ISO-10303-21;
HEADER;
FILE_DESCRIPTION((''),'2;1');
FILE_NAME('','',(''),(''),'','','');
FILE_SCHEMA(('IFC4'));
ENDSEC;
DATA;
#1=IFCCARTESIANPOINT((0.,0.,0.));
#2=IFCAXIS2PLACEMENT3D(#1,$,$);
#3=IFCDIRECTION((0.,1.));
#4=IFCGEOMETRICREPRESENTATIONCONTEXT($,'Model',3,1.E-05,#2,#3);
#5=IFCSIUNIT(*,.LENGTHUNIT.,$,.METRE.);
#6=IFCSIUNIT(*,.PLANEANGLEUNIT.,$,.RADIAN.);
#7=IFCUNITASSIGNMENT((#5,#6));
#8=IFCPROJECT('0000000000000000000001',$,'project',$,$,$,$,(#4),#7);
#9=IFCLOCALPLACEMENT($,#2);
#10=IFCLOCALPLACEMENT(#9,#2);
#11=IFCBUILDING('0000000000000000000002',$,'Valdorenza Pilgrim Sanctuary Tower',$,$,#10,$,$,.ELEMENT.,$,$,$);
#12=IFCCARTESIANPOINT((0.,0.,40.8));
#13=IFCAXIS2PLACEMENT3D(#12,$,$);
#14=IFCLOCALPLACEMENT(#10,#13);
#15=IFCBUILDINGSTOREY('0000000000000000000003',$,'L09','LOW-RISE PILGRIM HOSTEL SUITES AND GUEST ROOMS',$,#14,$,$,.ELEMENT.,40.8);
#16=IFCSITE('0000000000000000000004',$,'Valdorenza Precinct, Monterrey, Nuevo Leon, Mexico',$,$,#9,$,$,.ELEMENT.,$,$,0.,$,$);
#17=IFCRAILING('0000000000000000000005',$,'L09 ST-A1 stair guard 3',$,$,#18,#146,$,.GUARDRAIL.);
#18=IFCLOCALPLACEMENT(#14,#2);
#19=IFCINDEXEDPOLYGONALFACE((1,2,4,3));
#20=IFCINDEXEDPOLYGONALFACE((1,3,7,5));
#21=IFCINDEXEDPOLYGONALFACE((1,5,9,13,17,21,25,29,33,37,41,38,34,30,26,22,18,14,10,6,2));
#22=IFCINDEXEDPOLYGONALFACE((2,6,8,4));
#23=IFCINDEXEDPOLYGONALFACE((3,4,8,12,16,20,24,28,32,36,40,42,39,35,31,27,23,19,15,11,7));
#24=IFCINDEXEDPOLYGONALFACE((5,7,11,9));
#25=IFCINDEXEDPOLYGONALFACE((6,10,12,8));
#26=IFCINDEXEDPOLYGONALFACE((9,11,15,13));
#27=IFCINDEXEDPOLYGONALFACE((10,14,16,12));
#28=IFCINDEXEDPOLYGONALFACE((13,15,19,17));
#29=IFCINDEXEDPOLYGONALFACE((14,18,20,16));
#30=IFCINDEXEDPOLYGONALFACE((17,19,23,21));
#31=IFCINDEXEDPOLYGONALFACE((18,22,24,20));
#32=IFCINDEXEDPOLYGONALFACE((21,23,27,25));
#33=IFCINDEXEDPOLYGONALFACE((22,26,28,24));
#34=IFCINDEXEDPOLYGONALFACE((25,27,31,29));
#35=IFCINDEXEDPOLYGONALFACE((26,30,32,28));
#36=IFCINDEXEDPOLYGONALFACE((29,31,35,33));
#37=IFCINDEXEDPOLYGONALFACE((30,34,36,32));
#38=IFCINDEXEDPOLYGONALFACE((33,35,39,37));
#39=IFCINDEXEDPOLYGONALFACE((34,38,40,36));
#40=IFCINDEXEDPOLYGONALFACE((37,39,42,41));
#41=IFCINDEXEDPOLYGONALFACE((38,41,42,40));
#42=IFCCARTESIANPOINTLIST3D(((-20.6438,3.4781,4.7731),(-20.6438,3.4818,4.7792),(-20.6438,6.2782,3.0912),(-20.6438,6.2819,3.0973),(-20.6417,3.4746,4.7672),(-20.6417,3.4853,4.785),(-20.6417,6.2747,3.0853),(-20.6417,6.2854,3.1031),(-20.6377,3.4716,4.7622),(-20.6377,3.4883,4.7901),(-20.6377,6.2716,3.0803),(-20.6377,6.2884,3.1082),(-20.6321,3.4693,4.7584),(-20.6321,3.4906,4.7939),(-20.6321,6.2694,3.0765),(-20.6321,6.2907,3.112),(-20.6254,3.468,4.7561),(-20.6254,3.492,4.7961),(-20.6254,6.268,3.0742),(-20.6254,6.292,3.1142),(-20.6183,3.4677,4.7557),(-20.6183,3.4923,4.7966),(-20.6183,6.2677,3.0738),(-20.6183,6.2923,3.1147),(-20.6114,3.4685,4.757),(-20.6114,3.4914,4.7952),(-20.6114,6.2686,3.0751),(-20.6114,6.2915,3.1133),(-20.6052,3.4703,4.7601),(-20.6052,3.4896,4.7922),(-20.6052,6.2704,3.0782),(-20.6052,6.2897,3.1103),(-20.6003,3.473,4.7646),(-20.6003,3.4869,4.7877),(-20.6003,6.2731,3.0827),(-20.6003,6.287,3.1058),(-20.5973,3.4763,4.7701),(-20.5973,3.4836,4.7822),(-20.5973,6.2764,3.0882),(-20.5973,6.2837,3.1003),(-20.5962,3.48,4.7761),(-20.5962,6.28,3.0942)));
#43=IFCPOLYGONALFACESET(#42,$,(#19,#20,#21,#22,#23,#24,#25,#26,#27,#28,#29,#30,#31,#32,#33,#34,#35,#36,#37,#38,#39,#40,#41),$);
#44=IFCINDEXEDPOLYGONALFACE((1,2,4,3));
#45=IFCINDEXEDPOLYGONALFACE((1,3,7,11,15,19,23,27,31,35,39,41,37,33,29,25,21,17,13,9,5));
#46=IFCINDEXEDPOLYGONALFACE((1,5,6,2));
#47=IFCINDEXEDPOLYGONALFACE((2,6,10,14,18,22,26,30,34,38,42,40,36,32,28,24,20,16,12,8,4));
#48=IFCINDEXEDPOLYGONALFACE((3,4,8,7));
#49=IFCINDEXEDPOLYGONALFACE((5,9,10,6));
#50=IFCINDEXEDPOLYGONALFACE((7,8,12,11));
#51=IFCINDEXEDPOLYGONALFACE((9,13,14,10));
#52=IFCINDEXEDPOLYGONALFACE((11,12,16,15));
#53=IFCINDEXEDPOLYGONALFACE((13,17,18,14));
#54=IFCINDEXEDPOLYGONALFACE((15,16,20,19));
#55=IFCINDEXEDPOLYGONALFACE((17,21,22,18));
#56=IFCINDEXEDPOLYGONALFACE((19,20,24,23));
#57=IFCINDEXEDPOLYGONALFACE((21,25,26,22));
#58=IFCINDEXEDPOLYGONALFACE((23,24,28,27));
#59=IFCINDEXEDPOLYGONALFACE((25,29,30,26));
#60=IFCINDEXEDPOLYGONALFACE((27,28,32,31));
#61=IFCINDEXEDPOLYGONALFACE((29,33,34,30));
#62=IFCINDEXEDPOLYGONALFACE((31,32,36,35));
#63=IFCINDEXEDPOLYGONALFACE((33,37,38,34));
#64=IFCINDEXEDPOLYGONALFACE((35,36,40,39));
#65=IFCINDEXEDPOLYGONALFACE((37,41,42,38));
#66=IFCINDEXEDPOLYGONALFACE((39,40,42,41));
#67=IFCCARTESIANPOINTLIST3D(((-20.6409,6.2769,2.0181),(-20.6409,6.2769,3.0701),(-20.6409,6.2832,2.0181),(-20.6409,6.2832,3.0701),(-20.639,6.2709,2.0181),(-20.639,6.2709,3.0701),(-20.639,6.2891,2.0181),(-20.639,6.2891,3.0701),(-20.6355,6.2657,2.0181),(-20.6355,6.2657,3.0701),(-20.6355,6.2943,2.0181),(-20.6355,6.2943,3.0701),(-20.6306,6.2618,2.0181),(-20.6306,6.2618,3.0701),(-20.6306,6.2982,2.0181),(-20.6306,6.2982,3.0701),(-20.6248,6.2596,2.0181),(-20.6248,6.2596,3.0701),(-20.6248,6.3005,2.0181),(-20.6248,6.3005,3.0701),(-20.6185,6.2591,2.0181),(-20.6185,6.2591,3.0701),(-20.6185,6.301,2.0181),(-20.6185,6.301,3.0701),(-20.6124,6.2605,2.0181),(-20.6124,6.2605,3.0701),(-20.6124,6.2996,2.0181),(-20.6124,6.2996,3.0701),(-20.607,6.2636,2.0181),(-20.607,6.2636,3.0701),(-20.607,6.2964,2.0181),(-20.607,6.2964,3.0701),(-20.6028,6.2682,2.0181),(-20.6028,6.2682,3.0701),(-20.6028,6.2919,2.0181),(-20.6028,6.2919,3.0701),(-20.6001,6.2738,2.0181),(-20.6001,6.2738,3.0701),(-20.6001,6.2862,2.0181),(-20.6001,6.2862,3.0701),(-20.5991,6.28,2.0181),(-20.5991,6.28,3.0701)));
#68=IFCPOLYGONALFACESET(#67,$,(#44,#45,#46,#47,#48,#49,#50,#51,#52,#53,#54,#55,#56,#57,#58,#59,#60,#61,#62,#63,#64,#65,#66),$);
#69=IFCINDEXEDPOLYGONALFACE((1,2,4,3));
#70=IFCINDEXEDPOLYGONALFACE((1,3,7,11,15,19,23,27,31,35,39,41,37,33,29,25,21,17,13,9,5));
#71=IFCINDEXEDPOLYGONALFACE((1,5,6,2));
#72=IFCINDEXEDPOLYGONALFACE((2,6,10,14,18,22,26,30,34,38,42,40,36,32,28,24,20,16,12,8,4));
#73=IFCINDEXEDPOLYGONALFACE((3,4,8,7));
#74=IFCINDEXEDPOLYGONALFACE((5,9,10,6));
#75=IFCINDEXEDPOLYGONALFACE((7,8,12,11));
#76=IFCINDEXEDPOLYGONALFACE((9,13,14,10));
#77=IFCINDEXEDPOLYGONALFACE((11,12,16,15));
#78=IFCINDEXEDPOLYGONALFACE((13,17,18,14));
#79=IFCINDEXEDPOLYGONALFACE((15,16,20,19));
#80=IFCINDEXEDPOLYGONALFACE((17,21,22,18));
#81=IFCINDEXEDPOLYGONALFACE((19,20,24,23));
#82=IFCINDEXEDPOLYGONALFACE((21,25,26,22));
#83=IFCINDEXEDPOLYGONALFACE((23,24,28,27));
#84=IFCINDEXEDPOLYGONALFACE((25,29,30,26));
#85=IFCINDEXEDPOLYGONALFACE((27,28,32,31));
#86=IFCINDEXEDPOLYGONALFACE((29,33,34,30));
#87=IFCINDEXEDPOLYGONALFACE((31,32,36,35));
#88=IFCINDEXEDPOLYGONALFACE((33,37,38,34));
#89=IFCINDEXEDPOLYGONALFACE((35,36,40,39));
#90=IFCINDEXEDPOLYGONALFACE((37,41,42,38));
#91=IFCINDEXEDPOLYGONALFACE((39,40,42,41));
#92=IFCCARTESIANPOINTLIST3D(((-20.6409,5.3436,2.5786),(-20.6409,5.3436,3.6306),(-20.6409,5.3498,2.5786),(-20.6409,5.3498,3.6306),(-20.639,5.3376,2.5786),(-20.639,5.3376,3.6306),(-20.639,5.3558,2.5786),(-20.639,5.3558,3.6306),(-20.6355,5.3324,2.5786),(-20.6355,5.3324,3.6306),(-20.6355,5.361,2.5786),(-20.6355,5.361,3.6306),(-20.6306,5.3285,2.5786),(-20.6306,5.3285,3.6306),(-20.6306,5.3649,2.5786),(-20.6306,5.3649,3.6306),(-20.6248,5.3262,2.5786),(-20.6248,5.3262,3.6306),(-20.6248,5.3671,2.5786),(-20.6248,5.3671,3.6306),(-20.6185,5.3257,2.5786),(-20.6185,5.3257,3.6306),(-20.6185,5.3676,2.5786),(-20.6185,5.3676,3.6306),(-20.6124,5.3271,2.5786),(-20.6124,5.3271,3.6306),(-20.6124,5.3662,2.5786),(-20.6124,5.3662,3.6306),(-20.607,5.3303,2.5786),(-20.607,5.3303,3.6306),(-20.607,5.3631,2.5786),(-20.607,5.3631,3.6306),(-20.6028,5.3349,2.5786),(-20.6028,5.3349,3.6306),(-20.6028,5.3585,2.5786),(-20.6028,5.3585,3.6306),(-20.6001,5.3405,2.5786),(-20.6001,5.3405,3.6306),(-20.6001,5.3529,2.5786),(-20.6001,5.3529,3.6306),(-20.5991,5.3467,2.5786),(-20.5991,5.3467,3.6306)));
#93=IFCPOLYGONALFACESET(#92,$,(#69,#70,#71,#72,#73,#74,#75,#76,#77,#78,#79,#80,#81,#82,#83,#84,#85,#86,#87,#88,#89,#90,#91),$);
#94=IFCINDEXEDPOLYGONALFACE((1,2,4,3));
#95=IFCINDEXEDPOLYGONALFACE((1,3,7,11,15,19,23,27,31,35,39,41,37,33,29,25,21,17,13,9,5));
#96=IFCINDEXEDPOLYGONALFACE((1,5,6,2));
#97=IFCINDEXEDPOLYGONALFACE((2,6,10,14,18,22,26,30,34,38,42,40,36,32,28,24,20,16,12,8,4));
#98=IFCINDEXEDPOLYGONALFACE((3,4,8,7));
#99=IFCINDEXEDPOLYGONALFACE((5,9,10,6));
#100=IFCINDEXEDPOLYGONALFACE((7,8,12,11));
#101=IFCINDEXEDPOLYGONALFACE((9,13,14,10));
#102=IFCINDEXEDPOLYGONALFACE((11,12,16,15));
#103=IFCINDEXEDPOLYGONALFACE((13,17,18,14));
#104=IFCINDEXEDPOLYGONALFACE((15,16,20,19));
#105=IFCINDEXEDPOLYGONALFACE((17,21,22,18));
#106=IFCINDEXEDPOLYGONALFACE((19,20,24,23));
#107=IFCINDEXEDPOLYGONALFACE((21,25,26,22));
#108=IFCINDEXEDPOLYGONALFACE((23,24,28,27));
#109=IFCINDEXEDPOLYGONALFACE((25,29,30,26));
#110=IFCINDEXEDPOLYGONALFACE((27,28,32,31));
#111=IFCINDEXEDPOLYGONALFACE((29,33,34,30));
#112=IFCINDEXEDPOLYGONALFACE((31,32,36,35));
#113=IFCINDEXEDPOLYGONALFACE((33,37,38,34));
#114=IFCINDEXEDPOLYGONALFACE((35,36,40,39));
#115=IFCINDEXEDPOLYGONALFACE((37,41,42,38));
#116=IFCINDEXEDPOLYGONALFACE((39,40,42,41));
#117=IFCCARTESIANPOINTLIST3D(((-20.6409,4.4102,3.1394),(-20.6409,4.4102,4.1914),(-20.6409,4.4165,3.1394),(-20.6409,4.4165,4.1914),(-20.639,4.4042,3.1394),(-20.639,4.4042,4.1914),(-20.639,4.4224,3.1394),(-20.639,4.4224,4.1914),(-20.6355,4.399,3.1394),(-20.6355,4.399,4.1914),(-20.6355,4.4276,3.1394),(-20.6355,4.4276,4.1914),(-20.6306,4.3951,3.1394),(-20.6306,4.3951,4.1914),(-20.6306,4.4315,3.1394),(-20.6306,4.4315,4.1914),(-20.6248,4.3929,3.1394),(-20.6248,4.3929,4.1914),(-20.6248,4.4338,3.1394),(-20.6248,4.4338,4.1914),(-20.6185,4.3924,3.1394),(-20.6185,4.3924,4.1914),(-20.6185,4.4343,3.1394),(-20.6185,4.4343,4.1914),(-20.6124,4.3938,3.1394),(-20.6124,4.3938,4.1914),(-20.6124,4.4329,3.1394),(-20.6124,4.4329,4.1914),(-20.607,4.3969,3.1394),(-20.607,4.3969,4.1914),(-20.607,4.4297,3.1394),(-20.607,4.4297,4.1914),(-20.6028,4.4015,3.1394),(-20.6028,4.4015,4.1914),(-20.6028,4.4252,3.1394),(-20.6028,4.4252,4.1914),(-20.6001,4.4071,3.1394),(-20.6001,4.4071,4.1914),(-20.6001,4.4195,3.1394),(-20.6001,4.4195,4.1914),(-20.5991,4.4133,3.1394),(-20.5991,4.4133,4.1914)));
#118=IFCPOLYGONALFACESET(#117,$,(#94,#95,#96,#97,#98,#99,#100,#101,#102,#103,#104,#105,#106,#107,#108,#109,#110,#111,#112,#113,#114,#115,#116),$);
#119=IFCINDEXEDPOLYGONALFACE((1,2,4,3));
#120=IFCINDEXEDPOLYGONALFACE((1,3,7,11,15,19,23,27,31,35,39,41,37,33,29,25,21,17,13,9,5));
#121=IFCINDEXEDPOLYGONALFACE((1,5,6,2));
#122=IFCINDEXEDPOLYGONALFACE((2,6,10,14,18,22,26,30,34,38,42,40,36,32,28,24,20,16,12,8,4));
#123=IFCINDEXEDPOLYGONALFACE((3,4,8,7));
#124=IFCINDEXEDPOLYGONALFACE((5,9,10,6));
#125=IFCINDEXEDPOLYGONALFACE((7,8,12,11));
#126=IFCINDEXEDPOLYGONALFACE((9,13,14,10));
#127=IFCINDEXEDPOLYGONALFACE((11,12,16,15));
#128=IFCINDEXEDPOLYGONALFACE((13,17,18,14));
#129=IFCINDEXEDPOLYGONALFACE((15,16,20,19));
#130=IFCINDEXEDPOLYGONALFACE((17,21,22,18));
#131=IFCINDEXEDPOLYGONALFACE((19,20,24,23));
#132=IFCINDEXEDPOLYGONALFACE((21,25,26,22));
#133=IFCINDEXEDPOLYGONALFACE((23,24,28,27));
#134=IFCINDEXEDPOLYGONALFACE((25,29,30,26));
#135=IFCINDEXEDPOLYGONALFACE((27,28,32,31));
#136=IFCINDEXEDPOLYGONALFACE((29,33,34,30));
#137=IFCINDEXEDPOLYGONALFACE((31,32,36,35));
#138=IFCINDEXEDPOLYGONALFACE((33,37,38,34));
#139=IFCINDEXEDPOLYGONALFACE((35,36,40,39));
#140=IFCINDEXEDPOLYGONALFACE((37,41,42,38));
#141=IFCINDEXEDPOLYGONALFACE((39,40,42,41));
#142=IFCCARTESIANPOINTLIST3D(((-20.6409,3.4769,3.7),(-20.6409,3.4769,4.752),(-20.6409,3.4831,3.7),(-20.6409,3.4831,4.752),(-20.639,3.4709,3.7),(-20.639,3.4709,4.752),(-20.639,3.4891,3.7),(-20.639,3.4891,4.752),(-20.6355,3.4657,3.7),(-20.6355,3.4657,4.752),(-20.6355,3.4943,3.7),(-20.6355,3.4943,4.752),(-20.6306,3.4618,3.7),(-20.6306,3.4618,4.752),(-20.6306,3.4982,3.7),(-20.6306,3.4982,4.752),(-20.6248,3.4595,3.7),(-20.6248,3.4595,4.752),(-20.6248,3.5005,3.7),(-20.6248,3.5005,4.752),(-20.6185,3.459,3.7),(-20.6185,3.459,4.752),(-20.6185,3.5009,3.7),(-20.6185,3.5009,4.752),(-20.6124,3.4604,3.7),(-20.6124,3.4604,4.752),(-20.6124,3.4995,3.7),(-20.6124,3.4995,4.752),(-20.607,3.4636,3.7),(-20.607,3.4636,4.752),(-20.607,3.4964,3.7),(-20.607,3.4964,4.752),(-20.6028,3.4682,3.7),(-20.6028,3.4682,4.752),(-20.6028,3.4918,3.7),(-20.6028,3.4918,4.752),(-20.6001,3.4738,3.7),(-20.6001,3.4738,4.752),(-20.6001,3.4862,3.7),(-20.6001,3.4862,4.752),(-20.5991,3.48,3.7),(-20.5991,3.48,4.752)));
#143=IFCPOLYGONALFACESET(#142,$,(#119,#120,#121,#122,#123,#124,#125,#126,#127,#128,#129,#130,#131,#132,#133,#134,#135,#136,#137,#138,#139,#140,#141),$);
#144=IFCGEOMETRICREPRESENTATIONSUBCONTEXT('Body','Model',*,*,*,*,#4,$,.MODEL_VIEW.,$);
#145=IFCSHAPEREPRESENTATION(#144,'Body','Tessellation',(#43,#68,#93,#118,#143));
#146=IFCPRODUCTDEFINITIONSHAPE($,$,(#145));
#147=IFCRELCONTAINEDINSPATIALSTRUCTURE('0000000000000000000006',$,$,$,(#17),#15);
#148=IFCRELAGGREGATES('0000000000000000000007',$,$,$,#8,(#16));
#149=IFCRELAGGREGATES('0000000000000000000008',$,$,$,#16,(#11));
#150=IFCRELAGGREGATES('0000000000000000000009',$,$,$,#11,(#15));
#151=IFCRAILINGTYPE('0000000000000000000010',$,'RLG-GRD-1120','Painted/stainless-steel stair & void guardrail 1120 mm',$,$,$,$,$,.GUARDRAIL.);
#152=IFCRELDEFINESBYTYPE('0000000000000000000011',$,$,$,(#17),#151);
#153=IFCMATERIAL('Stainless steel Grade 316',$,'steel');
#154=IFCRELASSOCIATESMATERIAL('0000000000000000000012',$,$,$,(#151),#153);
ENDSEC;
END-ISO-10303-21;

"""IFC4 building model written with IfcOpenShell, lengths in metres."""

from ifc_helpers import new_model, si_unit, direction, frame, origin, origin_2d, place, context, subcontext, project, spatial, circle, extrude, material, type_object, element, save


model = new_model("IFC4")

# Units and contexts
model_context = context("Model", 3, precision=1e-05, world=origin(), true_north=direction((0.0, 1.0)))
body_context = subcontext(model_context, "Body", "Model", "MODEL_VIEW")
ifc_project = project(units=[si_unit("LENGTHUNIT", "METRE"), si_unit("PLANEANGLEUNIT", "RADIAN")], contexts=[model_context])

# Site, building, storey
site_placement = place(None, origin())
site = spatial("IfcSite", under=ifc_project, at=site_placement, Name="Valdorenza Precinct, Monterrey, Nuevo Leon, Mexico", CompositionType="ELEMENT", RefElevation=0.0)
building_placement = place(site_placement, origin())
building = spatial("IfcBuilding", under=site, at=building_placement, Name="Valdorenza Pilgrim Sanctuary Tower", CompositionType="ELEMENT")
storey_placement = place(building_placement, frame((0.0, 0.0, 40.8)))
storey = spatial("IfcBuildingStorey", under=building, at=storey_placement, Name="L09", Description="LOW-RISE PILGRIM HOSTEL SUITES AND GUEST ROOMS", CompositionType="ELEMENT", Elevation=40.8)

# Railing
ifc_material_1 = material(Name="Stainless steel Grade 316", Category="steel")
railing_type_1 = type_object("IfcRailingType", Name="RLG-GRD-1120", Description="Painted/stainless-steel stair & void guardrail 1120 mm", PredefinedType="GUARDRAIL", material=ifc_material_1)
railing_1_placement = place(storey_placement, frame((-20.6201, 6.28, 2.0181)))
element("IfcRailing", 1, at=railing_1_placement, inside=storey, type_object=railing_type_1, Name="L09 ST-A1 stair guard 3", PredefinedType="GUARDRAIL", context=body_context, shape_type="SweptSolid", body=[
    extrude(circle(Radius=0.0239, at=origin_2d()), frame((0.0, 0.0, 1.0762), z_axis=(0.0, -0.857242, 0.514913), x_axis=(1.0, 0.0, 0.0)), (0.0, 0.0, 1.0), 3.2664),
    extrude(circle(Radius=0.021, at=origin_2d()), origin(), (0.0, 0.0, 1.0), 1.052),
    extrude(circle(Radius=0.021, at=origin_2d()), frame((0.0, -0.9333, 0.5605)), (0.0, 0.0, 1.0), 1.052),
    extrude(circle(Radius=0.021, at=origin_2d()), frame((0.0, -1.8667, 1.1213)), (0.0, 0.0, 1.0), 1.052),
    extrude(circle(Radius=0.021, at=origin_2d()), frame((0.0, -2.8, 1.6819)), (0.0, 0.0, 1.0), 1.052),
])

save(model, "model.ifc")
